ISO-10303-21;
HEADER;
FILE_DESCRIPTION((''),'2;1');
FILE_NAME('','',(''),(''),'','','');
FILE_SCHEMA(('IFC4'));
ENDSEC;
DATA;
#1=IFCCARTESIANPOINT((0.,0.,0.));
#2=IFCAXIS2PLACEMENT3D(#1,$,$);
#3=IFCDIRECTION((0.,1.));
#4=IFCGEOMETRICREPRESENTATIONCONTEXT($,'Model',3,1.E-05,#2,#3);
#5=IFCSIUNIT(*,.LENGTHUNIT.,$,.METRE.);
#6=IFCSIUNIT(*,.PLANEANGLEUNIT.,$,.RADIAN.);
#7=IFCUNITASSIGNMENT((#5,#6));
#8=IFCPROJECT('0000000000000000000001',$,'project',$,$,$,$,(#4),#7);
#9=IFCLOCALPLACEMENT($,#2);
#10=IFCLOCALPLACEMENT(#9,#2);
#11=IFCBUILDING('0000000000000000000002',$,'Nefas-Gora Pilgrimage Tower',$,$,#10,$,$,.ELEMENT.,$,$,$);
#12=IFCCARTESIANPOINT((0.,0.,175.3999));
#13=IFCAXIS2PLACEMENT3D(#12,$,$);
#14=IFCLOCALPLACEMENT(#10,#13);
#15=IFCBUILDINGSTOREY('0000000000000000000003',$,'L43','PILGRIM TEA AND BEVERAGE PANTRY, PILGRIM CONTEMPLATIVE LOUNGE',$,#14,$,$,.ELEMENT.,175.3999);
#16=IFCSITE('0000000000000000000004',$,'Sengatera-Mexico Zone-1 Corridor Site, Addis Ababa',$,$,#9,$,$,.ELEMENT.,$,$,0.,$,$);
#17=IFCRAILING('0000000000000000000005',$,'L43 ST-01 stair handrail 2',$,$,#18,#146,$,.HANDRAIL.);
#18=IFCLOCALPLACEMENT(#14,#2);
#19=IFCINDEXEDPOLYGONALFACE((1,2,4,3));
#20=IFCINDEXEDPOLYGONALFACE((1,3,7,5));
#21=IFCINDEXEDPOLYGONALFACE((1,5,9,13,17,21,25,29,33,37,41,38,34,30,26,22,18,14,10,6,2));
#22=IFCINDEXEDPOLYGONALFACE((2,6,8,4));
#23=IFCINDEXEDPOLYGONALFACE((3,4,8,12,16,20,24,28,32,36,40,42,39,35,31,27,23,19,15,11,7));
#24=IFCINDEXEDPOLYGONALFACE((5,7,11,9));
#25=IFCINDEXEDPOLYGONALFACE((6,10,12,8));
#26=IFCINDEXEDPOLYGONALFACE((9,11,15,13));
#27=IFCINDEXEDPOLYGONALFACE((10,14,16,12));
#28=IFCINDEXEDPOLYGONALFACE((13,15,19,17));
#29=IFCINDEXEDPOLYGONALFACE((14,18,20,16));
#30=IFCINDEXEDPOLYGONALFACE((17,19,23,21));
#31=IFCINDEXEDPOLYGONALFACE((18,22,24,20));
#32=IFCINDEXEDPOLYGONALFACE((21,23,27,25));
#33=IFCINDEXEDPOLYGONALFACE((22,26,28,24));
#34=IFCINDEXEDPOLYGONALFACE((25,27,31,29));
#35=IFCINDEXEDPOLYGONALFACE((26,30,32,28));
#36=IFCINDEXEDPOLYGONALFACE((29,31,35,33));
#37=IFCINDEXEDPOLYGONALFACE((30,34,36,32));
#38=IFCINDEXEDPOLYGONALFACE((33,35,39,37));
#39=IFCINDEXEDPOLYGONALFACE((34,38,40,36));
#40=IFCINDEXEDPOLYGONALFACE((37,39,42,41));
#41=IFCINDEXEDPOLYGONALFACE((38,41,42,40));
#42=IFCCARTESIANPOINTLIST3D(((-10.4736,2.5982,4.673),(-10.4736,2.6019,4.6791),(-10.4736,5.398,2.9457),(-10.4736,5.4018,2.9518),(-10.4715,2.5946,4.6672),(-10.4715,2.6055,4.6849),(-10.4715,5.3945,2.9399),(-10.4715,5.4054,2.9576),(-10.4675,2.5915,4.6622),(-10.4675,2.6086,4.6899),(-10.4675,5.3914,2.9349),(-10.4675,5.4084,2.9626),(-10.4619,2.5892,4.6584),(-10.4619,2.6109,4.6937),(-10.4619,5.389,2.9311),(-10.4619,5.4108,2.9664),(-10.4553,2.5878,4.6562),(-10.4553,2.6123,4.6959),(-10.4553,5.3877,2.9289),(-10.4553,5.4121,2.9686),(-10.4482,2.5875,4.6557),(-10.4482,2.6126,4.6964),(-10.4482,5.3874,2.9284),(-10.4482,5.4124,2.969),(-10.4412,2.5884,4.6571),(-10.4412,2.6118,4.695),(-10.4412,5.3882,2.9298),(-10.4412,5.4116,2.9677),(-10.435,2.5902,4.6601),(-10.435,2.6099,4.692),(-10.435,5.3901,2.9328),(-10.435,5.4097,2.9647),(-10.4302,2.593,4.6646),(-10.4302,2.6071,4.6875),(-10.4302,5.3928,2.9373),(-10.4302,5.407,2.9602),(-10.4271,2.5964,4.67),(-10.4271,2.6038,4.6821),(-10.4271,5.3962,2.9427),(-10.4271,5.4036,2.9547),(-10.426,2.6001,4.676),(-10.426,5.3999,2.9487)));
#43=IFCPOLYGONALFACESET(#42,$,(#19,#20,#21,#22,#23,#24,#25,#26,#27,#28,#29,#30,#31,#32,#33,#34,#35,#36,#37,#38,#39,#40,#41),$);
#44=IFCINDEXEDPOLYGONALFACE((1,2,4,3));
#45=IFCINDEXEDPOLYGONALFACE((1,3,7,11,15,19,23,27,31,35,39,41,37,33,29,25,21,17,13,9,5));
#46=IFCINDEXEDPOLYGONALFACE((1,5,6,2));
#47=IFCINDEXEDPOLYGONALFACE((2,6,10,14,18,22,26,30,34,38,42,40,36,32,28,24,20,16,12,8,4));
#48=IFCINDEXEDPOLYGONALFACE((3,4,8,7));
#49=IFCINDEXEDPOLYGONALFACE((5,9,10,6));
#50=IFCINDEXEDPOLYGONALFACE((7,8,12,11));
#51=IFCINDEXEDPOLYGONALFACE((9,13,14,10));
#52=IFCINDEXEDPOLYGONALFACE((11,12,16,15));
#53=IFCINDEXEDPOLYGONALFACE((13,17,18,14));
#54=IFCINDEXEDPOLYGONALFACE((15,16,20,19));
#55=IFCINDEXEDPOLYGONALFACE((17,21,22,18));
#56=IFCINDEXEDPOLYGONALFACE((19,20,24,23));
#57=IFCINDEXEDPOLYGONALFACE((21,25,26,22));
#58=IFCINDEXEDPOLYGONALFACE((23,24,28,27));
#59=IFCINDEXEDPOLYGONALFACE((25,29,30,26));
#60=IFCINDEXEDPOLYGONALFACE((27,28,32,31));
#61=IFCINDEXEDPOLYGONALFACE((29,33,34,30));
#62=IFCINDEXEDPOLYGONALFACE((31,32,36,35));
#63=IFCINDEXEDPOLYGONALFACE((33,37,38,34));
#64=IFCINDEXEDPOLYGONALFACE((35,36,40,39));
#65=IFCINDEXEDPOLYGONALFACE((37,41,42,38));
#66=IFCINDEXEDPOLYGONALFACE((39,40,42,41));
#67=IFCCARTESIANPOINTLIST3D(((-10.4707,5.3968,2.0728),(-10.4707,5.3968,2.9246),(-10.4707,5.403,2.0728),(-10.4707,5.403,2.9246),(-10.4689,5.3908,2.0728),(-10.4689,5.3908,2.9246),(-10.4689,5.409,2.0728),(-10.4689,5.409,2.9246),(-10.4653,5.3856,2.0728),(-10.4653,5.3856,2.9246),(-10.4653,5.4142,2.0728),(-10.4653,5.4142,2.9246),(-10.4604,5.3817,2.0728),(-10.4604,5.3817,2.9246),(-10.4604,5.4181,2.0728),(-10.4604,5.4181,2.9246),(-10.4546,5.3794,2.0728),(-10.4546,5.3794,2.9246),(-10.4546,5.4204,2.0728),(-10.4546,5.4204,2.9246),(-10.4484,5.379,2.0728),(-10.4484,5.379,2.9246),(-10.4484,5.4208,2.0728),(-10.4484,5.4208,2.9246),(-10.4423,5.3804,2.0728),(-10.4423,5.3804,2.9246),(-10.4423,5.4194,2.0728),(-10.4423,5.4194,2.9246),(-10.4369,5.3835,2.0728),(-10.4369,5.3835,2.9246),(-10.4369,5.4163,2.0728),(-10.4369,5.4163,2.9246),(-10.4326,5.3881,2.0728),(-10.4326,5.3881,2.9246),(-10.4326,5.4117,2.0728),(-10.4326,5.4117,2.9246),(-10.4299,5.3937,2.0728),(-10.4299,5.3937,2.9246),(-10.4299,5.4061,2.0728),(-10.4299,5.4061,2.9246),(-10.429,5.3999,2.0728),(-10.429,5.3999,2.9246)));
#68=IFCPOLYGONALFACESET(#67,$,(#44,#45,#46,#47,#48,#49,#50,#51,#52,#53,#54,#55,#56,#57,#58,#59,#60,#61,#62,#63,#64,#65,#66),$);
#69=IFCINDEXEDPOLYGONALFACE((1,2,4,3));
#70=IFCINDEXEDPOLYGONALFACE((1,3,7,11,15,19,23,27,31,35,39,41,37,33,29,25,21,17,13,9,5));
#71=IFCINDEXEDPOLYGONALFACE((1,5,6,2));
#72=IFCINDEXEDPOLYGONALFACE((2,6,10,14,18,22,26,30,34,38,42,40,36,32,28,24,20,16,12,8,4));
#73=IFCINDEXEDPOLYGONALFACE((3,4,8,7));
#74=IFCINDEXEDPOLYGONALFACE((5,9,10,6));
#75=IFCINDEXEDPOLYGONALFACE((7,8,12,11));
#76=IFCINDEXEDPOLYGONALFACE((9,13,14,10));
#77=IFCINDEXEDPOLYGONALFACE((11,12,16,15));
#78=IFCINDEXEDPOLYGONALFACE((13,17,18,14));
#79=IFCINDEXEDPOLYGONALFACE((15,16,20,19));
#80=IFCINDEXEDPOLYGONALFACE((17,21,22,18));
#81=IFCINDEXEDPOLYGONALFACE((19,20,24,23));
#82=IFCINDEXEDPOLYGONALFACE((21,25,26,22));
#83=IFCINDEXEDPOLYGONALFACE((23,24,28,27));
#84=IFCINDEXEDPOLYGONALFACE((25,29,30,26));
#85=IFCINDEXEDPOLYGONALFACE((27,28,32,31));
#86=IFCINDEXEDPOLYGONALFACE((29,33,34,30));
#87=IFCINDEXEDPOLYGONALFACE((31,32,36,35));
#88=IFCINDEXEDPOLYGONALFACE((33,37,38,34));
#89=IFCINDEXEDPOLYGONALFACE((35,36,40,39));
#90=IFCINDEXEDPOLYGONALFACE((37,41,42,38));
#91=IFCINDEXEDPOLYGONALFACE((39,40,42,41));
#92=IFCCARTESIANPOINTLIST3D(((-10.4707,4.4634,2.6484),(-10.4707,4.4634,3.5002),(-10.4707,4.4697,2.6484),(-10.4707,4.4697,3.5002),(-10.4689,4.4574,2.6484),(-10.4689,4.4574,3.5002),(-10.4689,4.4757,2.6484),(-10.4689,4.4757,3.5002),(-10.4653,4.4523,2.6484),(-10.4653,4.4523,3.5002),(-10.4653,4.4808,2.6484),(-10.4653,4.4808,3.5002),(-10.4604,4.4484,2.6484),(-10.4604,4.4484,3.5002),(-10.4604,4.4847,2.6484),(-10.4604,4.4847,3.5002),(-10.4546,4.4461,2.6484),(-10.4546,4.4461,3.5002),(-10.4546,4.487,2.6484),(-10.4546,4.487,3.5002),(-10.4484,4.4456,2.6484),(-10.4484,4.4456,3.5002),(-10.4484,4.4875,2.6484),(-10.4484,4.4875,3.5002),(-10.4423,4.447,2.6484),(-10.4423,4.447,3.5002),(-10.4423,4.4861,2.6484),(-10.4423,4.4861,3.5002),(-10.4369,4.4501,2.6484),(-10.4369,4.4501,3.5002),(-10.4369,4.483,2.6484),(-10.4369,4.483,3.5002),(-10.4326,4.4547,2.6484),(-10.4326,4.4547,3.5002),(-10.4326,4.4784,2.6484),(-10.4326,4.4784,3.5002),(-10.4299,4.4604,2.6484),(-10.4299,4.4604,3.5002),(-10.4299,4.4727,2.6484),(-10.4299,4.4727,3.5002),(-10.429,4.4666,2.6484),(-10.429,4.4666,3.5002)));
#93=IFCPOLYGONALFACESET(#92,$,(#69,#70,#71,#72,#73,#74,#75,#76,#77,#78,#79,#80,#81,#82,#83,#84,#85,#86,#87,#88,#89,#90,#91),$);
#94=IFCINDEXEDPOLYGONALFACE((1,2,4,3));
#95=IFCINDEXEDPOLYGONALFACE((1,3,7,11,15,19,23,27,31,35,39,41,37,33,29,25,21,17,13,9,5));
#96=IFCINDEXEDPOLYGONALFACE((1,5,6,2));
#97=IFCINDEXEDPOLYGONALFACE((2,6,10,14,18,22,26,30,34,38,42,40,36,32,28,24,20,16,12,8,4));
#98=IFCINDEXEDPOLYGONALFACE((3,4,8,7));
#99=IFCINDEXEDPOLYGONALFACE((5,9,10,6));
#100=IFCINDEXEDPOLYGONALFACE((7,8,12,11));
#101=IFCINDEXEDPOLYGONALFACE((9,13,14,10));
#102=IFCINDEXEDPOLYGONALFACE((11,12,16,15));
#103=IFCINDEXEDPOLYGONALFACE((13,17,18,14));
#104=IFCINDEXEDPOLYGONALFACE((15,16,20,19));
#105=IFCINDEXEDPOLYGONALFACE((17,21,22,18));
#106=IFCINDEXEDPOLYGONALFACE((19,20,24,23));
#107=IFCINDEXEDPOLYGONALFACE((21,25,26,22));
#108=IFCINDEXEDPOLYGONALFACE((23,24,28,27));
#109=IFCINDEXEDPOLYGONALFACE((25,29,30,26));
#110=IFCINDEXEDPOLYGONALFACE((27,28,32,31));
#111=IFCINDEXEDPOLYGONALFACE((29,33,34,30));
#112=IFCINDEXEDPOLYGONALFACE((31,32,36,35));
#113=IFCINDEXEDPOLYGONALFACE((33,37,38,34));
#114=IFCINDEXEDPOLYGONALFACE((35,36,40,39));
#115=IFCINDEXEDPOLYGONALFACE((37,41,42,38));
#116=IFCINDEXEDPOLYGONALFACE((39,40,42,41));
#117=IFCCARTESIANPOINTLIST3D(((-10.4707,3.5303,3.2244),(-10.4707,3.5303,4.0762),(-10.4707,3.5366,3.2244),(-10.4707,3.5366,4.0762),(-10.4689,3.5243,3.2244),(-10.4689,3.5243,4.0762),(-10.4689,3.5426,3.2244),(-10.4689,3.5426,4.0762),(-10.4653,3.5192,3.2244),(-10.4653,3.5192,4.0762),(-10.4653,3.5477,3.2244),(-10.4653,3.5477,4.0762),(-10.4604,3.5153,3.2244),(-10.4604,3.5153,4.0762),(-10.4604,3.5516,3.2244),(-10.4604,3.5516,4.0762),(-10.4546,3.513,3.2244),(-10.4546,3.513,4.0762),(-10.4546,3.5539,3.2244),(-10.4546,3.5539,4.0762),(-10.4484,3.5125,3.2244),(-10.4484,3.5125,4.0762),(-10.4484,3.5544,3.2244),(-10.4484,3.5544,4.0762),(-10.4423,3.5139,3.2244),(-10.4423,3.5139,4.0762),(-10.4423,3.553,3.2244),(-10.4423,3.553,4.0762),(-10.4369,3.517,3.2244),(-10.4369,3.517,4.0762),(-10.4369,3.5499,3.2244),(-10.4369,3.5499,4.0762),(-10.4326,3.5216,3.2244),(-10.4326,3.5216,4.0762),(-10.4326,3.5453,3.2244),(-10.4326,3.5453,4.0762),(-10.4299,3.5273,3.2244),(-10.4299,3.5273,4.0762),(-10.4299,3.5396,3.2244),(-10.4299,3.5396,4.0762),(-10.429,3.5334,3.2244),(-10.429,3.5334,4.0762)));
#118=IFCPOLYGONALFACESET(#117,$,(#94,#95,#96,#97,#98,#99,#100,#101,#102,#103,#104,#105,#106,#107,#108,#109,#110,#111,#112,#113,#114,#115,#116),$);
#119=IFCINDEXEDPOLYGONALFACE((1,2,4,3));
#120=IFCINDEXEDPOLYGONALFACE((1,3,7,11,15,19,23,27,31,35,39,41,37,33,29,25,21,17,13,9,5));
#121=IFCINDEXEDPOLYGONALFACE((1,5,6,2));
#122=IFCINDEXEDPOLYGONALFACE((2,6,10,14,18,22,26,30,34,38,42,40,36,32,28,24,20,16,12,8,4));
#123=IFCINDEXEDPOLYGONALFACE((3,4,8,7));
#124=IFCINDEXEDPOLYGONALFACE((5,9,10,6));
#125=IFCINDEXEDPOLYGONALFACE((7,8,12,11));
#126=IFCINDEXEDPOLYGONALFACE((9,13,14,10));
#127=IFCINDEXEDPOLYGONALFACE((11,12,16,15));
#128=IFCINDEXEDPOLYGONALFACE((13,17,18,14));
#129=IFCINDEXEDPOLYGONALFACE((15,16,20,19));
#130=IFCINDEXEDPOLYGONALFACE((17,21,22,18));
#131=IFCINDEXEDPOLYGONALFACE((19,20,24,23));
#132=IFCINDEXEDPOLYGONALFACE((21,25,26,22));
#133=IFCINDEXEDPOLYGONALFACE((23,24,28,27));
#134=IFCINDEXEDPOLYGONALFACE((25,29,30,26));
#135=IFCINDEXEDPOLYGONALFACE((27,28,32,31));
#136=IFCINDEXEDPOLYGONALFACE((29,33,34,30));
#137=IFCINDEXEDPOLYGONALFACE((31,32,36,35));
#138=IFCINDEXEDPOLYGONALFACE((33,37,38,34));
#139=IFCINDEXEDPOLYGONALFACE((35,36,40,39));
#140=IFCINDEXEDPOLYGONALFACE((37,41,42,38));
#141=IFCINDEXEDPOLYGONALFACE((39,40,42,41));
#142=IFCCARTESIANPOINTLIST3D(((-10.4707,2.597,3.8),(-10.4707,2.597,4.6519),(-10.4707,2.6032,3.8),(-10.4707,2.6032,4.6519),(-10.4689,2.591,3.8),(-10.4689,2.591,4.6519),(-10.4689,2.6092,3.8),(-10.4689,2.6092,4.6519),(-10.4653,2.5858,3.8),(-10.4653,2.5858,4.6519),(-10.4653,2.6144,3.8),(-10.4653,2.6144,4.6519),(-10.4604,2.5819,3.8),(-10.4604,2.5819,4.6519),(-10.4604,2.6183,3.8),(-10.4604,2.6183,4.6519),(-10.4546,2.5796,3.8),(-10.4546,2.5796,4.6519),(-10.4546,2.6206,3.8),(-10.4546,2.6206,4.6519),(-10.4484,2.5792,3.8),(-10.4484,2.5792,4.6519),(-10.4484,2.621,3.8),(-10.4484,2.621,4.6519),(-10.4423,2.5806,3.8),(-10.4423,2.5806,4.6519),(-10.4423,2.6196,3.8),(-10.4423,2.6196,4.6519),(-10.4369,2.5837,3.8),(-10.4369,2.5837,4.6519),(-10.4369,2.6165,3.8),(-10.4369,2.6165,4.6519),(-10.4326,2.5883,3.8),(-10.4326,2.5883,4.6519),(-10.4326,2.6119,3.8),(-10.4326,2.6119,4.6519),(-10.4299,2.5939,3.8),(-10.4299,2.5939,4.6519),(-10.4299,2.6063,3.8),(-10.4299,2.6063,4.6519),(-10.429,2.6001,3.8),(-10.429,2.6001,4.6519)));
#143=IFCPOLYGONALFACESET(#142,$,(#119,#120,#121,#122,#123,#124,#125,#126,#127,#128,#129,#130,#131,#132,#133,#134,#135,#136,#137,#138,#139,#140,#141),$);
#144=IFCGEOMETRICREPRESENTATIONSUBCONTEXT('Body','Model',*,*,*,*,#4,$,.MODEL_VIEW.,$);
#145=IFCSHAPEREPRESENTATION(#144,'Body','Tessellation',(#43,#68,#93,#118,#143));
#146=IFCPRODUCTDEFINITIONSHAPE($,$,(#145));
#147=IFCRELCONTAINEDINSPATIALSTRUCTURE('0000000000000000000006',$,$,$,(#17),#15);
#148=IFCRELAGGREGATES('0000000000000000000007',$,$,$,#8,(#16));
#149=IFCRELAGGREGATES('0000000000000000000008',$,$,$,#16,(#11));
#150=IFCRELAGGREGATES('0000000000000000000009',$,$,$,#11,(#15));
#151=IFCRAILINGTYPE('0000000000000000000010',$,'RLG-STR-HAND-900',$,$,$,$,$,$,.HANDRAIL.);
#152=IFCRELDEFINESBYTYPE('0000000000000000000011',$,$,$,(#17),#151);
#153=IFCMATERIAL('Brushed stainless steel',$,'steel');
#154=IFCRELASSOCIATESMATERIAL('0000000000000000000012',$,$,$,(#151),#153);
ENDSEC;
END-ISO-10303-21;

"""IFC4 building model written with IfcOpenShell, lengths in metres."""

from ifc_helpers import new_model, si_unit, direction, frame, origin, origin_2d, place, context, subcontext, project, spatial, circle, extrude, material, type_object, element, save


model = new_model("IFC4")

# Units and contexts
model_context = context("Model", 3, precision=1e-05, world=origin(), true_north=direction((0.0, 1.0)))
body_context = subcontext(model_context, "Body", "Model", "MODEL_VIEW")
ifc_project = project(units=[si_unit("LENGTHUNIT", "METRE"), si_unit("PLANEANGLEUNIT", "RADIAN")], contexts=[model_context])

# Site, building, storey
site_placement = place(None, origin())
site = spatial("IfcSite", under=ifc_project, at=site_placement, Name="Sengatera-Mexico Zone-1 Corridor Site, Addis Ababa", CompositionType="ELEMENT", RefElevation=0.0)
building_placement = place(site_placement, origin())
building = spatial("IfcBuilding", under=site, at=building_placement, Name="Nefas-Gora Pilgrimage Tower", CompositionType="ELEMENT")
storey_placement = place(building_placement, frame((0.0, 0.0, 175.3999)))
storey = spatial("IfcBuildingStorey", under=building, at=storey_placement, Name="L43", Description="PILGRIM TEA AND BEVERAGE PANTRY, PILGRIM CONTEMPLATIVE LOUNGE", CompositionType="ELEMENT", Elevation=175.3999)

# Railing
ifc_material_1 = material(Name="Brushed stainless steel", Category="steel")
railing_type_1 = type_object("IfcRailingType", Name="RLG-STR-HAND-900", PredefinedType="HANDRAIL", material=ifc_material_1)
railing_1_placement = place(storey_placement, frame((-10.45, 5.3999, 2.0728)))
element("IfcRailing", 1, at=railing_1_placement, inside=storey, type_object=railing_type_1, Name="L43 ST-01 stair handrail 2", PredefinedType="HANDRAIL", context=body_context, shape_type="SweptSolid", body=[
    extrude(circle(Radius=0.0239, at=origin_2d()), frame((0.0, 0.0, 0.876), z_axis=(0.0, -0.851069, 0.525054), x_axis=(1.0, 0.0, 0.0)), (0.0, 0.0, 1.0), 3.2898),
    extrude(circle(Radius=0.021, at=origin_2d()), origin(), (0.0, 0.0, 1.0), 0.8518),
    extrude(circle(Radius=0.021, at=origin_2d()), frame((0.0, -0.9333, 0.5757)), (0.0, 0.0, 1.0), 0.8518),
    extrude(circle(Radius=0.021, at=origin_2d()), frame((0.0, -1.8665, 1.1516)), (0.0, 0.0, 1.0), 0.8518),
    extrude(circle(Radius=0.021, at=origin_2d()), frame((0.0, -2.7998, 1.7273)), (0.0, 0.0, 1.0), 0.8518),
])

save(model, "model.ifc")
